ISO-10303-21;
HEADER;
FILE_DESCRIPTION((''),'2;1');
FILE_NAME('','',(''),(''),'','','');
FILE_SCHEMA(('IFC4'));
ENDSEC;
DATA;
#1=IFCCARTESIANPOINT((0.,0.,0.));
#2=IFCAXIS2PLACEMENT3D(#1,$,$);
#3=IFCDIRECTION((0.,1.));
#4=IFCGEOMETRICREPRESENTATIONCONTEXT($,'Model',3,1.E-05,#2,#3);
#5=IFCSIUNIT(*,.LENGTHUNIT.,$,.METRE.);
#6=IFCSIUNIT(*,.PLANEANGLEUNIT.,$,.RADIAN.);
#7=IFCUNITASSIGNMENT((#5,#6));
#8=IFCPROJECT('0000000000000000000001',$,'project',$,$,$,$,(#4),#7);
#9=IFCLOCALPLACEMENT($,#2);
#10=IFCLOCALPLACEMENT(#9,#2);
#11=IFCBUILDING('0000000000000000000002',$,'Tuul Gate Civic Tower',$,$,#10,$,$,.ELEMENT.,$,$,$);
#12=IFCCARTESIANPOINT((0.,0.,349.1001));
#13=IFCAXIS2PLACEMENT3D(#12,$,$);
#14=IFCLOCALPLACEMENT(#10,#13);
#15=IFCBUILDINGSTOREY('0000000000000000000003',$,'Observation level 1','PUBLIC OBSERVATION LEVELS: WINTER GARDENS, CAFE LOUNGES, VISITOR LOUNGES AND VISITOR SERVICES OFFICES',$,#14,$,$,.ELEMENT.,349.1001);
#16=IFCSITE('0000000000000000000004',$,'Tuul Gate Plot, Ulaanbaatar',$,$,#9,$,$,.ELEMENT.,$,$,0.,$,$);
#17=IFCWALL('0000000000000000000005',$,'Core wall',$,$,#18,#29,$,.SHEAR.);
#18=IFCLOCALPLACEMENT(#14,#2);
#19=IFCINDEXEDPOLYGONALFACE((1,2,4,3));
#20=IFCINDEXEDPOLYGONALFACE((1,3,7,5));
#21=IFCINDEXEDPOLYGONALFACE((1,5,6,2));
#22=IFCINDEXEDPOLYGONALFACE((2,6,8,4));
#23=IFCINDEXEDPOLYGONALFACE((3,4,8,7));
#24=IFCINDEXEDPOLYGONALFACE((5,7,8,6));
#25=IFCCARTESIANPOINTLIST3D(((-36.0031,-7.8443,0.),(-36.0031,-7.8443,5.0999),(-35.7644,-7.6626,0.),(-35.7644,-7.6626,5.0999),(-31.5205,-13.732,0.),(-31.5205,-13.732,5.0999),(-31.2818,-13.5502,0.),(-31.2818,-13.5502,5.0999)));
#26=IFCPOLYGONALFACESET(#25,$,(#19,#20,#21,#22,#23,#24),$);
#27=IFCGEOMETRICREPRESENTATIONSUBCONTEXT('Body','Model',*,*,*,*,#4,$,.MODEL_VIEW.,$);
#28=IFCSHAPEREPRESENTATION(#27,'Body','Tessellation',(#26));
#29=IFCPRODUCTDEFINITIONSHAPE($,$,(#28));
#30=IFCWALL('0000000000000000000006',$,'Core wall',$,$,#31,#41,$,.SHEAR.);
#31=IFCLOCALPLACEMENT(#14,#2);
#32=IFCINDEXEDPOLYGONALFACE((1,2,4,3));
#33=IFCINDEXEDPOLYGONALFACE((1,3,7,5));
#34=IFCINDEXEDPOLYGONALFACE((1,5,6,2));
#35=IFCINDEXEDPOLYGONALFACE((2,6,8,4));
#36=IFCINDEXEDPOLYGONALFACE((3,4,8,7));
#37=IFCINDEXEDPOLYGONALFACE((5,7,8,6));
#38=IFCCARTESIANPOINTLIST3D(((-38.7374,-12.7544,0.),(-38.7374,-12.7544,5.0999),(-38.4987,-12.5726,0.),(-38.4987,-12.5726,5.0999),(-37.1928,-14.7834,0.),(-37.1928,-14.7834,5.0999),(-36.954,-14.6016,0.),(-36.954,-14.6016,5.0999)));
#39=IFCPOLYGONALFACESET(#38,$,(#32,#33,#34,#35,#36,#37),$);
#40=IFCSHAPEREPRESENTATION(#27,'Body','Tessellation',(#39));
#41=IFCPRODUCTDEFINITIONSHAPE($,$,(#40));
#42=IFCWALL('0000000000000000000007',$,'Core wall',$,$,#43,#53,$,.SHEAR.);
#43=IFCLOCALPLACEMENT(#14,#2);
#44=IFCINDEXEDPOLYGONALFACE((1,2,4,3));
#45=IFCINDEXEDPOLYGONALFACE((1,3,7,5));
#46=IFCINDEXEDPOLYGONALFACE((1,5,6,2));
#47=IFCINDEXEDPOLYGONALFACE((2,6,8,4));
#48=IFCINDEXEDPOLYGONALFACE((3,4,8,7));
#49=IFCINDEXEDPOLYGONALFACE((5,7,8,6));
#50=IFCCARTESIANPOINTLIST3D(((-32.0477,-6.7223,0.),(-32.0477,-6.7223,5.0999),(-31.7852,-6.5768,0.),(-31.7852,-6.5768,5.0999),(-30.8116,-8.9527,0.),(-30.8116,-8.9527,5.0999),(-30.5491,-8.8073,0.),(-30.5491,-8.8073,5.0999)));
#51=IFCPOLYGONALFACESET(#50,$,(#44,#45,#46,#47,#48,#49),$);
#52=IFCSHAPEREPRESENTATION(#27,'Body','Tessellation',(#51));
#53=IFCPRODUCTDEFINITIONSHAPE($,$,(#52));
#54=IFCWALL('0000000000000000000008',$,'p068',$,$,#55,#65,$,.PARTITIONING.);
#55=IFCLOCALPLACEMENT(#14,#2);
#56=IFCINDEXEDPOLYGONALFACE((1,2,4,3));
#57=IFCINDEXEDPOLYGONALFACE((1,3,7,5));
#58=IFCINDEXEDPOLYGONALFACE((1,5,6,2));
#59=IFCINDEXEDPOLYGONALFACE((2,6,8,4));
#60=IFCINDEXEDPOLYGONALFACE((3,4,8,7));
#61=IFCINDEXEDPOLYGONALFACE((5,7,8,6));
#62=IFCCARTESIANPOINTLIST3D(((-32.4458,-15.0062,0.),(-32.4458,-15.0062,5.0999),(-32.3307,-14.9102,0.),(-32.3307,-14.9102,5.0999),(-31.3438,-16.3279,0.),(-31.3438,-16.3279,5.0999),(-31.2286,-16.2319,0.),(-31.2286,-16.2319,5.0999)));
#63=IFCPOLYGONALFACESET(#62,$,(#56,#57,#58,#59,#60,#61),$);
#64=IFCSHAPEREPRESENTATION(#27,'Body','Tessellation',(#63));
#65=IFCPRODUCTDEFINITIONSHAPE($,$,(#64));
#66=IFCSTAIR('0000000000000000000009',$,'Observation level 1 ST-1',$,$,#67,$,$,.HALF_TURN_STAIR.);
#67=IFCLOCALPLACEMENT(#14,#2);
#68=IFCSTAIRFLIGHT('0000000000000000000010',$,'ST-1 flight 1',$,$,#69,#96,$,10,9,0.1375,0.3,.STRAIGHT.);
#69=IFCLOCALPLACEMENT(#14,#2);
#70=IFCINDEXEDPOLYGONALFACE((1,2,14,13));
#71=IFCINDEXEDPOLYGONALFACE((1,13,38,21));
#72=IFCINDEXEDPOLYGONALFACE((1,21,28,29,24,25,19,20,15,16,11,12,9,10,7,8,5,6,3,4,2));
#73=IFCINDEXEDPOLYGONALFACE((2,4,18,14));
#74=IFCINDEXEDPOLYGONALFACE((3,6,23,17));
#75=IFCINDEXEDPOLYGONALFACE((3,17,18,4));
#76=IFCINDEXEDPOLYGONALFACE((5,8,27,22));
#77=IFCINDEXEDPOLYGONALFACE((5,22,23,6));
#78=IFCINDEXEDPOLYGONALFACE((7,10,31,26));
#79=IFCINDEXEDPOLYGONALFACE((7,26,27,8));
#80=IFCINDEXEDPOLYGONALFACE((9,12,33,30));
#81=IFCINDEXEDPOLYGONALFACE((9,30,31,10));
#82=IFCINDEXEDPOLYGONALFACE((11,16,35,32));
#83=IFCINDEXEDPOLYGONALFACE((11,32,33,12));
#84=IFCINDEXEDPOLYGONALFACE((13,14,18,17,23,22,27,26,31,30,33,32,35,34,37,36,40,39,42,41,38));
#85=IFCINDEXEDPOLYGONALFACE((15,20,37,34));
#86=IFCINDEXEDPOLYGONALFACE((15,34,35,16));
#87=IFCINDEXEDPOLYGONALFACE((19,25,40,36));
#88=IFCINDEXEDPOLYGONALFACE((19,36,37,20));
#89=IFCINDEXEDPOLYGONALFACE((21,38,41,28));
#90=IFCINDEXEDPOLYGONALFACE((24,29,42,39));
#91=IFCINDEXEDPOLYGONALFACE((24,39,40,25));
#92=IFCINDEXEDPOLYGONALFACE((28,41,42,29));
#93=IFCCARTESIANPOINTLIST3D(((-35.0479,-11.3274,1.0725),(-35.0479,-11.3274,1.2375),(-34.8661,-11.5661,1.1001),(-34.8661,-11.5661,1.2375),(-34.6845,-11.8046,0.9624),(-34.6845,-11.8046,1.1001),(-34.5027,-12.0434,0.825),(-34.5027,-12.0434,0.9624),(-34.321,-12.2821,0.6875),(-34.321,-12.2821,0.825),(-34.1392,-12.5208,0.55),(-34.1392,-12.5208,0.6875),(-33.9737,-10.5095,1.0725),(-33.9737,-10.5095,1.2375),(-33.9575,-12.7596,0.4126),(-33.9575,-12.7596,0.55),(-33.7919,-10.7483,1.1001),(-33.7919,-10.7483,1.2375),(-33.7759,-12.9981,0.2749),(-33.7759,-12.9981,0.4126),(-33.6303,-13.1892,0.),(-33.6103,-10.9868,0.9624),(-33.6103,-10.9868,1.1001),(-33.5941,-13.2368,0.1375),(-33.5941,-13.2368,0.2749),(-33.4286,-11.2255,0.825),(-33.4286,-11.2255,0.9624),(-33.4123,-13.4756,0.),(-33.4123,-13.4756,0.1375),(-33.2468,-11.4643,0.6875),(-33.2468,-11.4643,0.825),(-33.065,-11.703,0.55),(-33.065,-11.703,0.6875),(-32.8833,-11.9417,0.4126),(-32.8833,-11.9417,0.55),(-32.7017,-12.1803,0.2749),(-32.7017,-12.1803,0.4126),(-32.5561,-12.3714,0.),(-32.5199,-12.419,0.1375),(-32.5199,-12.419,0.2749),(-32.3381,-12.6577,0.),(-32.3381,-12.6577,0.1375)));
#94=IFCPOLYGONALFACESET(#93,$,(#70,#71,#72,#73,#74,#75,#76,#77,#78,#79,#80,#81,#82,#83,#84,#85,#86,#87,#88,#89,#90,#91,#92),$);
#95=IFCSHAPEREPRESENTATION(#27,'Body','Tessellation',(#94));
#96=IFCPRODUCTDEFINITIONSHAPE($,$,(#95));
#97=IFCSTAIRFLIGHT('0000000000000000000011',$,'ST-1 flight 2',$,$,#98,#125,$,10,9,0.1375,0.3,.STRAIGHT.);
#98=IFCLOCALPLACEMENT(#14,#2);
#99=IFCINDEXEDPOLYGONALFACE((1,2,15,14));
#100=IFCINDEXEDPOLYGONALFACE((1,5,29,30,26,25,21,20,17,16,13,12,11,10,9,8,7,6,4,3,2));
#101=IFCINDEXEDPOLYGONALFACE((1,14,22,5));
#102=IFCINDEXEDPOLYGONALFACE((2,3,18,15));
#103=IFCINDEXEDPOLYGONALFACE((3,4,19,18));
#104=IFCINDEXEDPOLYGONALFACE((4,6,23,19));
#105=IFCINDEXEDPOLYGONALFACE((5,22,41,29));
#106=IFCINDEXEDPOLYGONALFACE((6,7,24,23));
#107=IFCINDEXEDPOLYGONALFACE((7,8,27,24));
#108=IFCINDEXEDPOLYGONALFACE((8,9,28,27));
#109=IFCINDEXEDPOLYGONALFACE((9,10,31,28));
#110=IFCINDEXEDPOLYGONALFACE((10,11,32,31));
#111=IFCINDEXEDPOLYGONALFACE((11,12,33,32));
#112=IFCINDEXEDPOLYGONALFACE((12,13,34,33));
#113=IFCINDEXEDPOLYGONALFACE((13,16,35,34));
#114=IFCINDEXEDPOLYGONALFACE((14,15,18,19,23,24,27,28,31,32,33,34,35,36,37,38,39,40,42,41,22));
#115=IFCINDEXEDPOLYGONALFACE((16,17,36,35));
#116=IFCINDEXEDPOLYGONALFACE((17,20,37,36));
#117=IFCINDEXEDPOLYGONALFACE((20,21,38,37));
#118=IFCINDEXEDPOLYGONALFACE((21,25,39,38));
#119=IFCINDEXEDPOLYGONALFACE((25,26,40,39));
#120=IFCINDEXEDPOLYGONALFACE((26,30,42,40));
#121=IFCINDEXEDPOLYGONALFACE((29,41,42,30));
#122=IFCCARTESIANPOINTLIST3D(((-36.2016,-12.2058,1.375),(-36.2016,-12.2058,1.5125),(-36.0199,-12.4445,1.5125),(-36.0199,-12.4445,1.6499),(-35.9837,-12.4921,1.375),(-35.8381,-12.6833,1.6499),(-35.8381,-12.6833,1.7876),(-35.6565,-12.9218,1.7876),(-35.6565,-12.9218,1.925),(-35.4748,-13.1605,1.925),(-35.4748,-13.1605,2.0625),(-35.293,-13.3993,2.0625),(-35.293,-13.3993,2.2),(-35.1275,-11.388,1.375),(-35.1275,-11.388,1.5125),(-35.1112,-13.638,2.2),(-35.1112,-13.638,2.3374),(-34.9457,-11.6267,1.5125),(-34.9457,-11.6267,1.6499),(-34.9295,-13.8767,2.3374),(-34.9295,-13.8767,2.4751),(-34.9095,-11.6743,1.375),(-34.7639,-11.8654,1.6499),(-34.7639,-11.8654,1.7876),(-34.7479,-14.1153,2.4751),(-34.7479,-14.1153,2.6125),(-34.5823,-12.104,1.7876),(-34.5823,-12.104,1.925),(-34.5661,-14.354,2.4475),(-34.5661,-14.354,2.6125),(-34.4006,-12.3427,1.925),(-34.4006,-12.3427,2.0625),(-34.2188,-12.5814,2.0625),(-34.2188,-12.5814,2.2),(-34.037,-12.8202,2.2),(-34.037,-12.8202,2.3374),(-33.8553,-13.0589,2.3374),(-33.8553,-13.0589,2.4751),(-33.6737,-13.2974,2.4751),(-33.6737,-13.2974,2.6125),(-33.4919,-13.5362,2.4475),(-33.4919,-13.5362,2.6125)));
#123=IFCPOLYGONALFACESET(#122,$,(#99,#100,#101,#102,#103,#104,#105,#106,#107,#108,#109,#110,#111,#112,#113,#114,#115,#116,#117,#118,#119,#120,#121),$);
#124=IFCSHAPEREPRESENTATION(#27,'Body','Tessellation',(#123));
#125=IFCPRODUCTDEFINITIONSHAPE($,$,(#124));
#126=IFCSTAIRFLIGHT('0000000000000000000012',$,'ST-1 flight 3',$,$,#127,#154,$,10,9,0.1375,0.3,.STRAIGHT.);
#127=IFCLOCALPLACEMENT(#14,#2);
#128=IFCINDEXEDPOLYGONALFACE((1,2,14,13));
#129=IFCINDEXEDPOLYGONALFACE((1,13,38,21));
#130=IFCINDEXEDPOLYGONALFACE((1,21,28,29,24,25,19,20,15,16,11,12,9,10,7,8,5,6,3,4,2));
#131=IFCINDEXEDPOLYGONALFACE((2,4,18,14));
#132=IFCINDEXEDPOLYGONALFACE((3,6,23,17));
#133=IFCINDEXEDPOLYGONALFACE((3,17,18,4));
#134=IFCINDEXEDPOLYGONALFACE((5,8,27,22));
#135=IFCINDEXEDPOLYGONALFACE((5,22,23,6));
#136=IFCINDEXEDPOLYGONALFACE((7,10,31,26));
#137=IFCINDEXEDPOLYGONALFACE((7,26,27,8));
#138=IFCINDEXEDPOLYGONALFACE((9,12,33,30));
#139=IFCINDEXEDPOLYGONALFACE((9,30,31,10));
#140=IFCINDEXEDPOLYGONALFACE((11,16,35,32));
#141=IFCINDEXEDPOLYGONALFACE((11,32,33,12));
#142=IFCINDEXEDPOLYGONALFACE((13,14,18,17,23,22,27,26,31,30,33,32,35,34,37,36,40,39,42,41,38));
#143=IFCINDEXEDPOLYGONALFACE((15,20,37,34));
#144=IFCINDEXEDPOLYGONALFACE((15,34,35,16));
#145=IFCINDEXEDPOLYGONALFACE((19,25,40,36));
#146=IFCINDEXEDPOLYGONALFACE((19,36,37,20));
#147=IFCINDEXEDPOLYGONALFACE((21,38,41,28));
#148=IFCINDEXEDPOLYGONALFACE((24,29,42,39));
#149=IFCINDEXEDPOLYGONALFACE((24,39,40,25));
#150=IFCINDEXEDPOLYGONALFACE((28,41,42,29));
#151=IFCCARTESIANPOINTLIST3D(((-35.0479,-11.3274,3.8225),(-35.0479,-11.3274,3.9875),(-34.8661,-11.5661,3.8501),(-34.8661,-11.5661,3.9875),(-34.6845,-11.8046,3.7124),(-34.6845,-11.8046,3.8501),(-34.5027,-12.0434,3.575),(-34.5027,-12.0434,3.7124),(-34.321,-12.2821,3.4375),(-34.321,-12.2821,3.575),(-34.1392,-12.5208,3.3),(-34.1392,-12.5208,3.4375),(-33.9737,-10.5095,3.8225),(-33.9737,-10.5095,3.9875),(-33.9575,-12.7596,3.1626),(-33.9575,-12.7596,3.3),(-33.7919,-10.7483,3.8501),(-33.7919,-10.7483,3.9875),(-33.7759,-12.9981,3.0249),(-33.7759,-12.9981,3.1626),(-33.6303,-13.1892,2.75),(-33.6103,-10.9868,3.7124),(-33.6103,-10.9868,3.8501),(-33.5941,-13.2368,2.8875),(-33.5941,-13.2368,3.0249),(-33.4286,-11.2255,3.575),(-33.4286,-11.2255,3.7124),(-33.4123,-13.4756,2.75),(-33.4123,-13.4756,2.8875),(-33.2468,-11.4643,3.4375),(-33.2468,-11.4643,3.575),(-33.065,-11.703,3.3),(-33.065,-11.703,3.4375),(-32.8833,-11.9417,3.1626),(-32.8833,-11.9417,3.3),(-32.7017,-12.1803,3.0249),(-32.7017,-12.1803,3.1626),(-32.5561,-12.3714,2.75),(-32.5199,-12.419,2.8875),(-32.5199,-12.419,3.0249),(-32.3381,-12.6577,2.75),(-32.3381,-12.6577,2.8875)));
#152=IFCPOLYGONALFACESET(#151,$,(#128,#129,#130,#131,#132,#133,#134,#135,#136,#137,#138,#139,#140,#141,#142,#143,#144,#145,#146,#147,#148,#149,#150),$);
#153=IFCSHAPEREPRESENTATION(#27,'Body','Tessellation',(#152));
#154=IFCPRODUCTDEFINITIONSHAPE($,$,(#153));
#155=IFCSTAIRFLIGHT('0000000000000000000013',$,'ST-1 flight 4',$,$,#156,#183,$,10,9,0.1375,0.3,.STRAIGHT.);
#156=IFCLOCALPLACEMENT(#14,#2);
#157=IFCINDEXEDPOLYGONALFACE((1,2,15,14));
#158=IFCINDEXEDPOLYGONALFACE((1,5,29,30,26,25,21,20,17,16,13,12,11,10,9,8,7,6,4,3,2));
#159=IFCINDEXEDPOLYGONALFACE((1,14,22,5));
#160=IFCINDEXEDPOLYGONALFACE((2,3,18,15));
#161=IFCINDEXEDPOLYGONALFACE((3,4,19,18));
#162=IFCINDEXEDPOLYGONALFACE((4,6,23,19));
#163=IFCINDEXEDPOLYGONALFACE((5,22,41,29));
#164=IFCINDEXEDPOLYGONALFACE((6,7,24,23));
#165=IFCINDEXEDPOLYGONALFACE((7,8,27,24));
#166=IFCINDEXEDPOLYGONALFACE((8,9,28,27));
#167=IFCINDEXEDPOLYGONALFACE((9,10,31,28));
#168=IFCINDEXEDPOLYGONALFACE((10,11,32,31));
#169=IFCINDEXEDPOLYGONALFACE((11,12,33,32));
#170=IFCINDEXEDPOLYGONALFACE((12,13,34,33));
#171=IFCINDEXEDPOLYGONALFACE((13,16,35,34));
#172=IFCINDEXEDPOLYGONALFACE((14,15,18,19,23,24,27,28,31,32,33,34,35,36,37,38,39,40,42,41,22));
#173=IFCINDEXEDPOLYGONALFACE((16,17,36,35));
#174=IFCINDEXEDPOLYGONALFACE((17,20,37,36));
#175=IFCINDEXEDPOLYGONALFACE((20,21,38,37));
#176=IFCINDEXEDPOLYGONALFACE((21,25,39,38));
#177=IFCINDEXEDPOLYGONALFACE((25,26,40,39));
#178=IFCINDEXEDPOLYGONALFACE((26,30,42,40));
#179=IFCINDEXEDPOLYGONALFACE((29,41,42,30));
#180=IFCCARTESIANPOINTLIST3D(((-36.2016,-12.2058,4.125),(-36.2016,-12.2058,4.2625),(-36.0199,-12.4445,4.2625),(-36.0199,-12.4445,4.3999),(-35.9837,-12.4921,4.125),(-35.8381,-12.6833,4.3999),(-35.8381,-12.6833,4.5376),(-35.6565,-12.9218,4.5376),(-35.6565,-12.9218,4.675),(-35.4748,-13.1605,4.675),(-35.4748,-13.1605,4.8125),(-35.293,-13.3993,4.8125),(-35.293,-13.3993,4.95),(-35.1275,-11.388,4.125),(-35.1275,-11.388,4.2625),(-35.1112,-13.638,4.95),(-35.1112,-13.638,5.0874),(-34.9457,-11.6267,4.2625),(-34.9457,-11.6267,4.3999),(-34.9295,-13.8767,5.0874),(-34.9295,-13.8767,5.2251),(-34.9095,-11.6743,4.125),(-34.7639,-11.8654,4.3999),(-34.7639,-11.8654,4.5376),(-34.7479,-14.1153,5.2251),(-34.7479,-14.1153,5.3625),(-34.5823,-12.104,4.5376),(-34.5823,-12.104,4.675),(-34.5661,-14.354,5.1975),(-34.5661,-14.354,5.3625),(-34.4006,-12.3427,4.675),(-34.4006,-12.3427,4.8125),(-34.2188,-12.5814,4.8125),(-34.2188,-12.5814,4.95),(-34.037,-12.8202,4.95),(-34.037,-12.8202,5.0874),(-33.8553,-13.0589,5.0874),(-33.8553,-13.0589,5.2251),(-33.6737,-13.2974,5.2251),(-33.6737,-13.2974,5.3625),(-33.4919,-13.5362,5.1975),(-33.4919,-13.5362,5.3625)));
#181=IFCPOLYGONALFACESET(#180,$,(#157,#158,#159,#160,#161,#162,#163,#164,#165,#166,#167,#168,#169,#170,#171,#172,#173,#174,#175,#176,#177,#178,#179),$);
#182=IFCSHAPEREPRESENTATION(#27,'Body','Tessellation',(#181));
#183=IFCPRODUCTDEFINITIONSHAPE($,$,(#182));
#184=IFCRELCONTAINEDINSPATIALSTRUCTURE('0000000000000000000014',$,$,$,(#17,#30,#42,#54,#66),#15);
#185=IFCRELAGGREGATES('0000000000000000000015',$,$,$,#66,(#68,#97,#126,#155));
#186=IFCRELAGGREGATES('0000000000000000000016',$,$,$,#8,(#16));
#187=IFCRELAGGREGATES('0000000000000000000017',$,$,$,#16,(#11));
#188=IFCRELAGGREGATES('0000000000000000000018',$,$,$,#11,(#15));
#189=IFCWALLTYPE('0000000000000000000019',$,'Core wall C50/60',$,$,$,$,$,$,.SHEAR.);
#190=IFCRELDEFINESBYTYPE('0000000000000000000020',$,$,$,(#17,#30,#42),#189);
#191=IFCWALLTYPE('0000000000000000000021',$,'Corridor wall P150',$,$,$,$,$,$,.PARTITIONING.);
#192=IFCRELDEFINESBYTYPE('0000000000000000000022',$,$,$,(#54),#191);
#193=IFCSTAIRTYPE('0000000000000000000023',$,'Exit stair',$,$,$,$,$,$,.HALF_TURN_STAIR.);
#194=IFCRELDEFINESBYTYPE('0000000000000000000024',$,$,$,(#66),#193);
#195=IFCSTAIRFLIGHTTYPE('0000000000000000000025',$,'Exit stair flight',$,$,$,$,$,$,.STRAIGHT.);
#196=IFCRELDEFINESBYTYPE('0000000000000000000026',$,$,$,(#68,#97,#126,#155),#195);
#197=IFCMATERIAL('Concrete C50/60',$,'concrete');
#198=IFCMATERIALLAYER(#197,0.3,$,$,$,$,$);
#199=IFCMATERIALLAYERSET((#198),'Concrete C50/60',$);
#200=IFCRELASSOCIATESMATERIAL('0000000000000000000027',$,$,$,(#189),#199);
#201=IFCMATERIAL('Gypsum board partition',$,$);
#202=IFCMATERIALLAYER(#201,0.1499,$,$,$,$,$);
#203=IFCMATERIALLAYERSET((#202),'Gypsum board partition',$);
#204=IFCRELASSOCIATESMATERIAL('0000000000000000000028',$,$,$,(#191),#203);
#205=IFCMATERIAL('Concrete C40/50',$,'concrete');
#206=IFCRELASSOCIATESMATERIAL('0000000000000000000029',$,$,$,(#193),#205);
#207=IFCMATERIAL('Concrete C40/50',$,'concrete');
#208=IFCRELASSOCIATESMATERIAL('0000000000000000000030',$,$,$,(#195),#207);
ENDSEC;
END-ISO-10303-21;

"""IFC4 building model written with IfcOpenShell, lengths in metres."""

from ifc_helpers import new_model, si_unit, direction, frame, frame_2d, origin, place, context, subcontext, project, spatial, polyline, rectangle, outline, extrude, material, layer, layer_set, type_object, element, aggregate, save


model = new_model("IFC4")

# Units and contexts
model_context = context("Model", 3, precision=1e-05, world=origin(), true_north=direction((0.0, 1.0)))
body_context = subcontext(model_context, "Body", "Model", "MODEL_VIEW")
ifc_project = project(units=[si_unit("LENGTHUNIT", "METRE"), si_unit("PLANEANGLEUNIT", "RADIAN")], contexts=[model_context])

# Site, building, storey
site_placement = place(None, origin())
site = spatial("IfcSite", under=ifc_project, at=site_placement, Name="Tuul Gate Plot, Ulaanbaatar", CompositionType="ELEMENT", RefElevation=0.0)
building_placement = place(site_placement, origin())
building = spatial("IfcBuilding", under=site, at=building_placement, Name="Tuul Gate Civic Tower", CompositionType="ELEMENT")
storey_placement = place(building_placement, frame((0.0, 0.0, 349.1001)))
storey = spatial("IfcBuildingStorey", under=building, at=storey_placement, Name="Observation level 1", Description="PUBLIC OBSERVATION LEVELS: WINTER GARDENS, CAFE LOUNGES, VISITOR LOUNGES AND VISITOR SERVICES OFFICES", CompositionType="ELEMENT", Elevation=349.1001)

# Shared definitions
ifc_material_1 = material(Name="Concrete C50/60", Category="concrete")
ifc_layer_1 = layer(ifc_material_1, 0.3)
ifc_layer_set_1 = layer_set([ifc_layer_1], Name="Concrete C50/60")
wall_type_1 = type_object("IfcWallType", Name="Core wall C50/60", PredefinedType="SHEAR", material=ifc_layer_set_1)

# Walls
wall_1_placement = place(storey_placement, frame((-31.4011, -13.6411, 0.0), z_axis=(0.0, 0.0, 1.0), x_axis=(-0.60577, 0.79564, 0.0)))
element("IfcWall", 1, at=wall_1_placement, inside=storey, type_object=wall_type_1, Name="Core wall", PredefinedType="SHEAR", context=body_context, shape_type="SweptSolid", body=[
    extrude(rectangle(XDim=7.3999, YDim=0.3, at=frame_2d((3.7, 0.0))), origin(), (0.0, 0.0, 1.0), 5.0999),
])
for number, where, z_axis, x_axis, name in (
    (2, (-37.0735, -14.6924, 0.0), (0.0, 0.0, 1.0), (-0.605729, 0.795671, 0.0), "Core wall"),
    (3, (-30.6804, -8.8799, 0.0), (0.0, 0.0, 1.0), (-0.484724, 0.874667, 0.0), "Core wall"),
):
    element("IfcWall", number, at=place(storey_placement, frame(where, z_axis=z_axis, x_axis=x_axis)), inside=storey, type_object=wall_type_1, Name=name, PredefinedType="SHEAR", context=body_context, shape_type="SweptSolid", body=[
        extrude(rectangle(XDim=2.55, YDim=0.3, at=frame_2d((1.2749, 0.0))), origin(), (0.0, 0.0, 1.0), 5.0999),
    ])
ifc_material_2 = material(Name="Gypsum board partition")
ifc_layer_2 = layer(ifc_material_2, 0.1499)
ifc_layer_set_2 = layer_set([ifc_layer_2], Name="Gypsum board partition")
wall_type_2 = type_object("IfcWallType", Name="Corridor wall P150", PredefinedType="PARTITIONING", material=ifc_layer_set_2)
wall_2_placement = place(storey_placement, frame((-32.3882, -14.9583, 0.0), z_axis=(0.0, 0.0, 1.0), x_axis=(0.64038, -0.768058, 0.0)))
element("IfcWall", 4, at=wall_2_placement, inside=storey, type_object=wall_type_2, Name="p068", PredefinedType="PARTITIONING", context=body_context, shape_type="SweptSolid", body=[
    extrude(rectangle(XDim=1.7209, YDim=0.1499, at=frame_2d((0.8604, 0.0))), origin(), (0.0, 0.0, 1.0), 5.0999),
])

# Stair, stair flights
ifc_material_3 = material(Name="Concrete C40/50", Category="concrete")
stair_type = type_object("IfcStairType", Name="Exit stair", PredefinedType="HALF_TURN_STAIR", material=ifc_material_3)
stair_placement = place(storey_placement, origin())
stair = element("IfcStair", 5, at=stair_placement, inside=storey, type_object=stair_type, Name="Observation level 1 ST-1", PredefinedType="HALF_TURN_STAIR")
ifc_material_4 = material(Name="Concrete C40/50", Category="concrete")
stair_flight_type = type_object("IfcStairFlightType", Name="Exit stair flight", PredefinedType="STRAIGHT", material=ifc_material_4)
stair_flight_1_placement = place(storey_placement, frame((-32.8752, -13.0667, 0.0), z_axis=(0.0, 0.0, 1.0), x_axis=(-0.605764, 0.795644, 0.0)))
stair_flight_1 = element("IfcStairFlight", 6, at=stair_flight_1_placement, type_object=stair_flight_type, Name="ST-1 flight 1", NumberOfRisers=10, NumberOfTreads=9, PredefinedType="STRAIGHT", RiserHeight=0.1375, TreadLength=0.3, context=body_context, shape_type="SweptSolid", body=[
    extrude(outline(polyline([(0.0, 0.0), (0.0, 0.1375), (0.3, 0.1375), (0.3, 0.2749), (0.6001, 0.2749), (0.6001, 0.4126), (0.8999, 0.4126), (0.8999, 0.55), (1.2, 0.55), (1.2, 0.6875), (1.5, 0.6875), (1.5, 0.825), (1.8, 0.825), (1.8, 0.9624), (2.1001, 0.9624), (2.1001, 1.1001), (2.3999, 1.1001), (2.3999, 1.2375), (2.7, 1.2375), (2.7, 1.375), (2.7, 1.0725), (0.3599, 0.0), (0.0, 0.0)])), frame((0.0, 0.675, 0.0), z_axis=(0.0, -1.0, 0.0), x_axis=(1.0, 0.0, 0.0)), (0.0, 0.0, 1.0), 1.3501),
])
stair_flight_2_placement = place(storey_placement, frame((-35.6646, -11.7969, 1.375), z_axis=(0.0, 0.0, 1.0), x_axis=(0.605764, -0.795644, 0.0)))
stair_flight_2 = element("IfcStairFlight", 7, at=stair_flight_2_placement, type_object=stair_flight_type, Name="ST-1 flight 2", NumberOfRisers=10, NumberOfTreads=9, PredefinedType="STRAIGHT", RiserHeight=0.1375, TreadLength=0.3, context=body_context, shape_type="SweptSolid", body=[
    extrude(outline(polyline([(0.0, 0.0), (0.0, 0.1375), (0.3, 0.1375), (0.3, 0.2749), (0.6001, 0.2749), (0.6001, 0.4126), (0.8999, 0.4126), (0.8999, 0.55), (1.2, 0.55), (1.2, 0.6875), (1.5, 0.6875), (1.5, 0.825), (1.8, 0.825), (1.8, 0.9624), (2.1001, 0.9624), (2.1001, 1.1001), (2.3999, 1.1001), (2.3999, 1.2375), (2.7, 1.2375), (2.7, 1.375), (2.7, 1.0725), (0.3599, 0.0), (0.0, 0.0)])), frame((0.0, 0.675, 0.0), z_axis=(0.0, -1.0, 0.0), x_axis=(1.0, 0.0, 0.0)), (0.0, 0.0, 1.0), 1.3501),
])
stair_flight_3_placement = place(storey_placement, frame((-32.8752, -13.0667, 2.75), z_axis=(0.0, 0.0, 1.0), x_axis=(-0.605764, 0.795644, 0.0)))
stair_flight_3 = element("IfcStairFlight", 8, at=stair_flight_3_placement, type_object=stair_flight_type, Name="ST-1 flight 3", NumberOfRisers=10, NumberOfTreads=9, PredefinedType="STRAIGHT", RiserHeight=0.1375, TreadLength=0.3, context=body_context, shape_type="SweptSolid", body=[
    extrude(outline(polyline([(0.0, 0.0), (0.0, 0.1375), (0.3, 0.1375), (0.3, 0.2749), (0.6001, 0.2749), (0.6001, 0.4126), (0.8999, 0.4126), (0.8999, 0.55), (1.2, 0.55), (1.2, 0.6875), (1.5, 0.6875), (1.5, 0.825), (1.8, 0.825), (1.8, 0.9624), (2.1001, 0.9624), (2.1001, 1.1001), (2.3999, 1.1001), (2.3999, 1.2375), (2.7, 1.2375), (2.7, 1.375), (2.7, 1.0725), (0.3599, 0.0), (0.0, 0.0)])), frame((0.0, 0.675, 0.0), z_axis=(0.0, -1.0, 0.0), x_axis=(1.0, 0.0, 0.0)), (0.0, 0.0, 1.0), 1.3501),
])
stair_flight_4_placement = place(storey_placement, frame((-35.6646, -11.7969, 4.125), z_axis=(0.0, 0.0, 1.0), x_axis=(0.605764, -0.795644, 0.0)))
stair_flight_4 = element("IfcStairFlight", 9, at=stair_flight_4_placement, type_object=stair_flight_type, Name="ST-1 flight 4", NumberOfRisers=10, NumberOfTreads=9, PredefinedType="STRAIGHT", RiserHeight=0.1375, TreadLength=0.3, context=body_context, shape_type="SweptSolid", body=[
    extrude(outline(polyline([(0.0, 0.0), (0.0, 0.1375), (0.3, 0.1375), (0.3, 0.2749), (0.6001, 0.2749), (0.6001, 0.4126), (0.8999, 0.4126), (0.8999, 0.55), (1.2, 0.55), (1.2, 0.6875), (1.5, 0.6875), (1.5, 0.825), (1.8, 0.825), (1.8, 0.9624), (2.1001, 0.9624), (2.1001, 1.1001), (2.3999, 1.1001), (2.3999, 1.2375), (2.7, 1.2375), (2.7, 1.375), (2.7, 1.0725), (0.3599, 0.0), (0.0, 0.0)])), frame((0.0, 0.675, 0.0), z_axis=(0.0, -1.0, 0.0), x_axis=(1.0, 0.0, 0.0)), (0.0, 0.0, 1.0), 1.3501),
])
aggregate(stair, [stair_flight_1, stair_flight_2, stair_flight_3, stair_flight_4])

save(model, "model.ifc")
